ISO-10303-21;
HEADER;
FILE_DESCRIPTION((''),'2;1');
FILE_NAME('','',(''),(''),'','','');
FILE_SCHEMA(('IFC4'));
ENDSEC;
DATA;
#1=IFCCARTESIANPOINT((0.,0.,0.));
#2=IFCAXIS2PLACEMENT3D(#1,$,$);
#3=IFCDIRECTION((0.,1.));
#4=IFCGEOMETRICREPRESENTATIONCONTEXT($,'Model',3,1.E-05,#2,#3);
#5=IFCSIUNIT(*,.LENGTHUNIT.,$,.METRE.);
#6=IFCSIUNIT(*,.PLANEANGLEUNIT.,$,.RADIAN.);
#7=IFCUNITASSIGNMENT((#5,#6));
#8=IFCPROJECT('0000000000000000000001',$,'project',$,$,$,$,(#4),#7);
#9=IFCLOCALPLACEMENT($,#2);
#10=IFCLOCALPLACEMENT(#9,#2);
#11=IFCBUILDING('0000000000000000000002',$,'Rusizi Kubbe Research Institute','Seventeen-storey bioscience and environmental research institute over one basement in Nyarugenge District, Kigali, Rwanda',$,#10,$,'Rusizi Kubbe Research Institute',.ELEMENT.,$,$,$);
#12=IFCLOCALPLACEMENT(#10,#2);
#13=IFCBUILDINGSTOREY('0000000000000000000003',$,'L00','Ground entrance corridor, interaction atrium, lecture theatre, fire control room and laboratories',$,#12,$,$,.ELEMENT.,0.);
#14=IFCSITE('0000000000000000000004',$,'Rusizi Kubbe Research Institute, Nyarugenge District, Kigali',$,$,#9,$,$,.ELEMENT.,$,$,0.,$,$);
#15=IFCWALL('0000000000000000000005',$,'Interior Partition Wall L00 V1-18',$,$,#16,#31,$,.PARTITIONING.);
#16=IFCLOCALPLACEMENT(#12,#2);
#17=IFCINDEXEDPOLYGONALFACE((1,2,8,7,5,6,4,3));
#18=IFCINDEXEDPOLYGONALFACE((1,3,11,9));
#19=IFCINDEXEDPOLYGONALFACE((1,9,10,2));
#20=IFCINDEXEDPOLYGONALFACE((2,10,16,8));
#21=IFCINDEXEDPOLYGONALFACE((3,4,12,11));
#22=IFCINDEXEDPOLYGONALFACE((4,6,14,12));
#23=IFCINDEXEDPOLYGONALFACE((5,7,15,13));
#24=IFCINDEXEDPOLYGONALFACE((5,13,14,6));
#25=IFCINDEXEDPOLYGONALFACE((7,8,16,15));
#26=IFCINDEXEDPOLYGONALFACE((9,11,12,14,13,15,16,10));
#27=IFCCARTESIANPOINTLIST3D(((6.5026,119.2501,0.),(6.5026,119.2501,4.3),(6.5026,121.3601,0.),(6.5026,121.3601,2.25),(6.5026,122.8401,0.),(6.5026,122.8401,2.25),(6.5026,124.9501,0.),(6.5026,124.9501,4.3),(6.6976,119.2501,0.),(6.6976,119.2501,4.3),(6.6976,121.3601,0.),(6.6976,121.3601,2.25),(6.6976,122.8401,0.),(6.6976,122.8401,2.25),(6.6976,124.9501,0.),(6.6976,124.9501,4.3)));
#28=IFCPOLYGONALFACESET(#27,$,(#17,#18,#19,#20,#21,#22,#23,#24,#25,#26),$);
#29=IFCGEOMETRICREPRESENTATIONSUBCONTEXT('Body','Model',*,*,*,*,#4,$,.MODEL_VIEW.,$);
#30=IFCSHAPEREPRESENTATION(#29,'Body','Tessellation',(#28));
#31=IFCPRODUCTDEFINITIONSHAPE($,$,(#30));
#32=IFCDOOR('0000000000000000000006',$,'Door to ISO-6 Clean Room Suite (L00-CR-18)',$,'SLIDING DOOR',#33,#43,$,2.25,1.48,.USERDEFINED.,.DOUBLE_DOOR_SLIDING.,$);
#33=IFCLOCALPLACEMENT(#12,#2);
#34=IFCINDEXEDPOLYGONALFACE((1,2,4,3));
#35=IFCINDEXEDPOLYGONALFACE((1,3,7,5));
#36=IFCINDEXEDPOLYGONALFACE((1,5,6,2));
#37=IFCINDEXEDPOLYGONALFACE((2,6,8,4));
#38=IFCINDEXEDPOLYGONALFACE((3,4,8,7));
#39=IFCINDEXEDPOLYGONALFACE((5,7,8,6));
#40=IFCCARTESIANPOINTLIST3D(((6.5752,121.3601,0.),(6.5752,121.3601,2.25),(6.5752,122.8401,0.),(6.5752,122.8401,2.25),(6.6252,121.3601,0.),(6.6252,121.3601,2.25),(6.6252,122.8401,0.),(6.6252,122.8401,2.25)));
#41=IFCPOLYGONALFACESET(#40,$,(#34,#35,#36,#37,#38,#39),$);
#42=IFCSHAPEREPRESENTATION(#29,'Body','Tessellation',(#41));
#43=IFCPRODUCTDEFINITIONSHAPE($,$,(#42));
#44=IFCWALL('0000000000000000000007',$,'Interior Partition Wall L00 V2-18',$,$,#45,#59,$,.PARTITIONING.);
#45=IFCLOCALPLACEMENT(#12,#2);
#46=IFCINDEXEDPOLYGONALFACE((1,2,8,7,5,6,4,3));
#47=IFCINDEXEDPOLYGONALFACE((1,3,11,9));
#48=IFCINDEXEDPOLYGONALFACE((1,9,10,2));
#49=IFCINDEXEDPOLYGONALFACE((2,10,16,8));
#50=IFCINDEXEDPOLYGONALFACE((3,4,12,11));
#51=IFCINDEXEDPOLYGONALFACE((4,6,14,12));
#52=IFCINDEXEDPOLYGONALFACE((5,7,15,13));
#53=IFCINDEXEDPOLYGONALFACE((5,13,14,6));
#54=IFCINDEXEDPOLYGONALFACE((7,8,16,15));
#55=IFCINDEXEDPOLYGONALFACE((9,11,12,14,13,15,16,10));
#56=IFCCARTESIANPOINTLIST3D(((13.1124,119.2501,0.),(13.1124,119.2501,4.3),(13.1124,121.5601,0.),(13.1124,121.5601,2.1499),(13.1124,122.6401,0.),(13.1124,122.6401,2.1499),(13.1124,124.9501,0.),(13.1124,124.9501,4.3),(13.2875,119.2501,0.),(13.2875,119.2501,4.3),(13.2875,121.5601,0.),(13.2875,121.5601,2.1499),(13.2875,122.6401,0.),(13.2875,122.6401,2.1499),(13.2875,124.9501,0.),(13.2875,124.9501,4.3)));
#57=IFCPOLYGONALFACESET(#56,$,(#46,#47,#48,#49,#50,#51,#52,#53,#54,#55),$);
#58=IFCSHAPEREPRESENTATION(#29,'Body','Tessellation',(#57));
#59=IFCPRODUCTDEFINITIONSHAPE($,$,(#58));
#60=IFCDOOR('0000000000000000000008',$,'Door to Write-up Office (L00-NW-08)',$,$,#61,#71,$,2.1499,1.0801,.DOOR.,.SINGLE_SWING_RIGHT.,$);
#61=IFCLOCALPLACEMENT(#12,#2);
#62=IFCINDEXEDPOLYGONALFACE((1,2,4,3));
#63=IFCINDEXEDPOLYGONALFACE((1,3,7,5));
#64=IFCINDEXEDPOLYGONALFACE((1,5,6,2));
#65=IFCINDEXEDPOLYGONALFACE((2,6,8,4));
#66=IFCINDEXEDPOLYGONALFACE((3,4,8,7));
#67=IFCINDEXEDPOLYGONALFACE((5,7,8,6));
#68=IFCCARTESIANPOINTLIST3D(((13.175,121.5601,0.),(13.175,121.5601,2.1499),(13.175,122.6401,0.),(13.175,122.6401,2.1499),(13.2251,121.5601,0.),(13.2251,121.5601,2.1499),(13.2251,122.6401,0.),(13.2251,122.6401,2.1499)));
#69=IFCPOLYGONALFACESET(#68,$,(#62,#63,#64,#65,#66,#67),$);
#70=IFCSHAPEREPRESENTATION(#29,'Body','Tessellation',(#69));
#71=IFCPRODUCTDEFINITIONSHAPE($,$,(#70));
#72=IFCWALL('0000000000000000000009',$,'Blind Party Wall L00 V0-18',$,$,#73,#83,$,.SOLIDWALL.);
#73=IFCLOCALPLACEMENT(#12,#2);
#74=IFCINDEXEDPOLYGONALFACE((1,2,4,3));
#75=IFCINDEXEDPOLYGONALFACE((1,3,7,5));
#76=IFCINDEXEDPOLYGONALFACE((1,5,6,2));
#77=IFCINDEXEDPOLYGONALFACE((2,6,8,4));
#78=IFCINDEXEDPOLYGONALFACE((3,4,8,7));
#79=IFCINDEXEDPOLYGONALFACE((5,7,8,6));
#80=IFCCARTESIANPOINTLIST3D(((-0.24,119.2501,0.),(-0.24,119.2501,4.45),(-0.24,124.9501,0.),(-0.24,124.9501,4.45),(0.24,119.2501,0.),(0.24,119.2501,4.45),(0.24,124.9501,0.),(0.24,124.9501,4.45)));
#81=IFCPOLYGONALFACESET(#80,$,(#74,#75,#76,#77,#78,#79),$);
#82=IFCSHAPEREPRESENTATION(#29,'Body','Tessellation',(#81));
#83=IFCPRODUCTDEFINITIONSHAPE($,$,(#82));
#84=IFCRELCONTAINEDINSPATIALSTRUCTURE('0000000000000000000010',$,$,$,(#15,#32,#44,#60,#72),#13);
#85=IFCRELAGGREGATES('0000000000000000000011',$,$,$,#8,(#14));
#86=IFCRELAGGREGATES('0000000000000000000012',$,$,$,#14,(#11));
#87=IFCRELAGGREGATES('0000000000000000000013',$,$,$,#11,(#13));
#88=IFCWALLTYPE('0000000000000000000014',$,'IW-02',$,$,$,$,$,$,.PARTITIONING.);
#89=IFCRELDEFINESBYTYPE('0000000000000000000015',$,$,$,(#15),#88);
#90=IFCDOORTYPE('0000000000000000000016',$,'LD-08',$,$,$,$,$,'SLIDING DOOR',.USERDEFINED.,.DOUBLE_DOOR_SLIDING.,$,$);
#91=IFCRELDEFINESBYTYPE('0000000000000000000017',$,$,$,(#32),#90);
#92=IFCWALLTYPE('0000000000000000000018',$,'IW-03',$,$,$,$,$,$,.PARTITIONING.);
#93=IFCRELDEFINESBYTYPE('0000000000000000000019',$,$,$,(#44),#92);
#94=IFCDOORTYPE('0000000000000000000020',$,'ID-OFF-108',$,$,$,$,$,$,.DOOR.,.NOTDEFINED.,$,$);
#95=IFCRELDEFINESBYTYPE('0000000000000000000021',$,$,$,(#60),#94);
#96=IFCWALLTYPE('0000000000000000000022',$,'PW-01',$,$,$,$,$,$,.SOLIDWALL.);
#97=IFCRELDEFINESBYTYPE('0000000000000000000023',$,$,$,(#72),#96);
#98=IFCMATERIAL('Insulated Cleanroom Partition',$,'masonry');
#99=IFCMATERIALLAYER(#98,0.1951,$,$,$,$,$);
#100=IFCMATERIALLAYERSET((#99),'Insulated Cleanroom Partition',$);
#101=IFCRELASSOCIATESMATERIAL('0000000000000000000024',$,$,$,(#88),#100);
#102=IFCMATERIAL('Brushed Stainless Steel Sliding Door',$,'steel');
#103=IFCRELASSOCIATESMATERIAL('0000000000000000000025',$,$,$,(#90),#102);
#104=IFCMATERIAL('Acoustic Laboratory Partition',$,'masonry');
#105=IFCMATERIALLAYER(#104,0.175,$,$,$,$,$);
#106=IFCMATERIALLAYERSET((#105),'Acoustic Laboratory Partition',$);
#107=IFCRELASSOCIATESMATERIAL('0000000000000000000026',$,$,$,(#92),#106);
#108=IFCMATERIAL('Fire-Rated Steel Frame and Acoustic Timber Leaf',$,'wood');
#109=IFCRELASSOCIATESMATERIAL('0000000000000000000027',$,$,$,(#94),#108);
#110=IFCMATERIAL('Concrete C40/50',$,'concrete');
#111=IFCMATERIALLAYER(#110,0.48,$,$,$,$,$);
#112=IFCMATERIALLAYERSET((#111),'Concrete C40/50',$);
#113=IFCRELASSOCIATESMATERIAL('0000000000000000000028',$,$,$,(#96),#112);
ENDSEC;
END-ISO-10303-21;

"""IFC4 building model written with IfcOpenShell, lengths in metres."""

from ifc_helpers import new_model, si_unit, direction, frame, frame_2d, origin, place, context, subcontext, project, spatial, rectangle, extrude, material, layer, layer_set, type_object, element, fill, save


model = new_model("IFC4")

# Units and contexts
model_context = context("Model", 3, precision=1e-05, world=origin(), true_north=direction((0.0, 1.0)))
body_context = subcontext(model_context, "Body", "Model", "MODEL_VIEW")
ifc_project = project(units=[si_unit("LENGTHUNIT", "METRE"), si_unit("PLANEANGLEUNIT", "RADIAN")], contexts=[model_context])

# Site, building, storey
site_placement = place(None, origin())
site = spatial("IfcSite", under=ifc_project, at=site_placement, Name="Rusizi Kubbe Research Institute, Nyarugenge District, Kigali", CompositionType="ELEMENT", RefElevation=0.0)
building_placement = place(site_placement, origin())
building = spatial("IfcBuilding", under=site, at=building_placement, Name="Rusizi Kubbe Research Institute", Description="Seventeen-storey bioscience and environmental research institute over one basement in Nyarugenge District, Kigali, Rwanda", LongName="Rusizi Kubbe Research Institute", CompositionType="ELEMENT")
storey_placement = place(building_placement, origin())
storey = spatial("IfcBuildingStorey", under=building, at=storey_placement, Name="L00", Description="Ground entrance corridor, interaction atrium, lecture theatre, fire control room and laboratories", CompositionType="ELEMENT", Elevation=0.0)

# Shared definitions
ifc_material_1 = material(Name="Insulated Cleanroom Partition", Category="masonry")
ifc_layer_1 = layer(ifc_material_1, 0.1951)
ifc_layer_set_1 = layer_set([ifc_layer_1], Name="Insulated Cleanroom Partition")
wall_type_1 = type_object("IfcWallType", Name="IW-02", PredefinedType="PARTITIONING", material=ifc_layer_set_1)

# Walls, openings, doors
wall_1_placement = place(storey_placement, frame((6.6001, 119.25, 0.0), z_axis=(0.0, 0.0, 1.0), x_axis=(0.0, 1.0, 0.0)))
wall_1 = element("IfcWall", 1, at=wall_1_placement, inside=storey, type_object=wall_type_1, Name="Interior Partition Wall L00 V1-18", PredefinedType="PARTITIONING", context=body_context, shape_type="SweptSolid", body=[
    extrude(rectangle(XDim=5.7, YDim=0.1951, at=frame_2d((2.8501, 0.0))), origin(), (0.0, 0.0, 1.0), 4.3),
])
opening_1_placement = place(wall_1_placement, frame((2.1101, 0.0, 0.0)))
opening_1 = element("IfcOpeningElement", 2, at=opening_1_placement, cuts=wall_1, PredefinedType="OPENING", context=body_context, shape_type="SweptSolid", body=[
    extrude(rectangle(XDim=1.48, YDim=2.25, at=frame_2d((0.74, 1.125))), frame((0.0, 0.1074, 0.0), z_axis=(0.0, -1.0, 0.0), x_axis=(1.0, 0.0, 0.0)), (0.0, 0.0, 1.0), 0.2151),
])
ifc_material_2 = material(Name="Brushed Stainless Steel Sliding Door", Category="steel")
door_type_1 = type_object("IfcDoorType", Name="LD-08", ElementType="SLIDING DOOR", OperationType="DOUBLE_DOOR_SLIDING", PredefinedType="USERDEFINED", material=ifc_material_2)
door_1_placement = place(opening_1_placement, origin())
door_1 = element("IfcDoor", 3, at=door_1_placement, inside=storey, type_object=door_type_1, Name="Door to ISO-6 Clean Room Suite (L00-CR-18)", ObjectType="SLIDING DOOR", OperationType="DOUBLE_DOOR_SLIDING", OverallHeight=2.25, OverallWidth=1.48, PredefinedType="USERDEFINED", context=body_context, shape_type="SweptSolid", body=[
    extrude(rectangle(XDim=1.48, YDim=2.25, at=frame_2d((0.74, 1.125))), frame((0.0, 0.0249, 0.0), z_axis=(0.0, -1.0, 0.0), x_axis=(1.0, 0.0, 0.0)), (0.0, 0.0, 1.0), 0.05),
])
fill(opening_1, door_1)
ifc_material_3 = material(Name="Acoustic Laboratory Partition", Category="masonry")
ifc_layer_2 = layer(ifc_material_3, 0.175)
ifc_layer_set_2 = layer_set([ifc_layer_2], Name="Acoustic Laboratory Partition")
wall_type_2 = type_object("IfcWallType", Name="IW-03", PredefinedType="PARTITIONING", material=ifc_layer_set_2)
wall_2_placement = place(storey_placement, frame((13.2, 119.25, 0.0), z_axis=(0.0, 0.0, 1.0), x_axis=(0.0, 1.0, 0.0)))
wall_2 = element("IfcWall", 4, at=wall_2_placement, inside=storey, type_object=wall_type_2, Name="Interior Partition Wall L00 V2-18", PredefinedType="PARTITIONING", context=body_context, shape_type="SweptSolid", body=[
    extrude(rectangle(XDim=5.7, YDim=0.175, at=frame_2d((2.8501, 0.0))), origin(), (0.0, 0.0, 1.0), 4.3),
])
opening_2_placement = place(wall_2_placement, frame((2.3101, 0.0, 0.0)))
opening_2 = element("IfcOpeningElement", 5, at=opening_2_placement, cuts=wall_2, PredefinedType="OPENING", context=body_context, shape_type="SweptSolid", body=[
    extrude(rectangle(XDim=1.0801, YDim=2.1499, at=frame_2d((0.54, 1.075))), frame((0.0, 0.0974, 0.0), z_axis=(0.0, -1.0, 0.0), x_axis=(1.0, 0.0, 0.0)), (0.0, 0.0, 1.0), 0.1951),
])
ifc_material_4 = material(Name="Fire-Rated Steel Frame and Acoustic Timber Leaf", Category="wood")
door_type_2 = type_object("IfcDoorType", Name="ID-OFF-108", OperationType="NOTDEFINED", PredefinedType="DOOR", material=ifc_material_4)
door_2_placement = place(opening_2_placement, origin())
door_2 = element("IfcDoor", 6, at=door_2_placement, inside=storey, type_object=door_type_2, Name="Door to Write-up Office (L00-NW-08)", OperationType="SINGLE_SWING_RIGHT", OverallHeight=2.1499, OverallWidth=1.0801, PredefinedType="DOOR", context=body_context, shape_type="SweptSolid", body=[
    extrude(rectangle(XDim=1.0801, YDim=2.1499, at=frame_2d((0.54, 1.075))), frame((0.0, 0.0249, 0.0), z_axis=(0.0, -1.0, 0.0), x_axis=(1.0, 0.0, 0.0)), (0.0, 0.0, 1.0), 0.05),
])
fill(opening_2, door_2)

# Wall
ifc_material_5 = material(Name="Concrete C40/50", Category="concrete")
ifc_layer_3 = layer(ifc_material_5, 0.48)
ifc_layer_set_3 = layer_set([ifc_layer_3], Name="Concrete C40/50")
wall_type_3 = type_object("IfcWallType", Name="PW-01", PredefinedType="SOLIDWALL", material=ifc_layer_set_3)
wall_3_placement = place(storey_placement, frame((0.0, 119.25, 0.0), z_axis=(0.0, 0.0, 1.0), x_axis=(0.0, 1.0, 0.0)))
element("IfcWall", 7, at=wall_3_placement, inside=storey, type_object=wall_type_3, Name="Blind Party Wall L00 V0-18", PredefinedType="SOLIDWALL", context=body_context, shape_type="SweptSolid", body=[
    extrude(rectangle(XDim=5.7, YDim=0.48, at=frame_2d((2.8501, 0.0))), origin(), (0.0, 0.0, 1.0), 4.45),
])

save(model, "model.ifc")
